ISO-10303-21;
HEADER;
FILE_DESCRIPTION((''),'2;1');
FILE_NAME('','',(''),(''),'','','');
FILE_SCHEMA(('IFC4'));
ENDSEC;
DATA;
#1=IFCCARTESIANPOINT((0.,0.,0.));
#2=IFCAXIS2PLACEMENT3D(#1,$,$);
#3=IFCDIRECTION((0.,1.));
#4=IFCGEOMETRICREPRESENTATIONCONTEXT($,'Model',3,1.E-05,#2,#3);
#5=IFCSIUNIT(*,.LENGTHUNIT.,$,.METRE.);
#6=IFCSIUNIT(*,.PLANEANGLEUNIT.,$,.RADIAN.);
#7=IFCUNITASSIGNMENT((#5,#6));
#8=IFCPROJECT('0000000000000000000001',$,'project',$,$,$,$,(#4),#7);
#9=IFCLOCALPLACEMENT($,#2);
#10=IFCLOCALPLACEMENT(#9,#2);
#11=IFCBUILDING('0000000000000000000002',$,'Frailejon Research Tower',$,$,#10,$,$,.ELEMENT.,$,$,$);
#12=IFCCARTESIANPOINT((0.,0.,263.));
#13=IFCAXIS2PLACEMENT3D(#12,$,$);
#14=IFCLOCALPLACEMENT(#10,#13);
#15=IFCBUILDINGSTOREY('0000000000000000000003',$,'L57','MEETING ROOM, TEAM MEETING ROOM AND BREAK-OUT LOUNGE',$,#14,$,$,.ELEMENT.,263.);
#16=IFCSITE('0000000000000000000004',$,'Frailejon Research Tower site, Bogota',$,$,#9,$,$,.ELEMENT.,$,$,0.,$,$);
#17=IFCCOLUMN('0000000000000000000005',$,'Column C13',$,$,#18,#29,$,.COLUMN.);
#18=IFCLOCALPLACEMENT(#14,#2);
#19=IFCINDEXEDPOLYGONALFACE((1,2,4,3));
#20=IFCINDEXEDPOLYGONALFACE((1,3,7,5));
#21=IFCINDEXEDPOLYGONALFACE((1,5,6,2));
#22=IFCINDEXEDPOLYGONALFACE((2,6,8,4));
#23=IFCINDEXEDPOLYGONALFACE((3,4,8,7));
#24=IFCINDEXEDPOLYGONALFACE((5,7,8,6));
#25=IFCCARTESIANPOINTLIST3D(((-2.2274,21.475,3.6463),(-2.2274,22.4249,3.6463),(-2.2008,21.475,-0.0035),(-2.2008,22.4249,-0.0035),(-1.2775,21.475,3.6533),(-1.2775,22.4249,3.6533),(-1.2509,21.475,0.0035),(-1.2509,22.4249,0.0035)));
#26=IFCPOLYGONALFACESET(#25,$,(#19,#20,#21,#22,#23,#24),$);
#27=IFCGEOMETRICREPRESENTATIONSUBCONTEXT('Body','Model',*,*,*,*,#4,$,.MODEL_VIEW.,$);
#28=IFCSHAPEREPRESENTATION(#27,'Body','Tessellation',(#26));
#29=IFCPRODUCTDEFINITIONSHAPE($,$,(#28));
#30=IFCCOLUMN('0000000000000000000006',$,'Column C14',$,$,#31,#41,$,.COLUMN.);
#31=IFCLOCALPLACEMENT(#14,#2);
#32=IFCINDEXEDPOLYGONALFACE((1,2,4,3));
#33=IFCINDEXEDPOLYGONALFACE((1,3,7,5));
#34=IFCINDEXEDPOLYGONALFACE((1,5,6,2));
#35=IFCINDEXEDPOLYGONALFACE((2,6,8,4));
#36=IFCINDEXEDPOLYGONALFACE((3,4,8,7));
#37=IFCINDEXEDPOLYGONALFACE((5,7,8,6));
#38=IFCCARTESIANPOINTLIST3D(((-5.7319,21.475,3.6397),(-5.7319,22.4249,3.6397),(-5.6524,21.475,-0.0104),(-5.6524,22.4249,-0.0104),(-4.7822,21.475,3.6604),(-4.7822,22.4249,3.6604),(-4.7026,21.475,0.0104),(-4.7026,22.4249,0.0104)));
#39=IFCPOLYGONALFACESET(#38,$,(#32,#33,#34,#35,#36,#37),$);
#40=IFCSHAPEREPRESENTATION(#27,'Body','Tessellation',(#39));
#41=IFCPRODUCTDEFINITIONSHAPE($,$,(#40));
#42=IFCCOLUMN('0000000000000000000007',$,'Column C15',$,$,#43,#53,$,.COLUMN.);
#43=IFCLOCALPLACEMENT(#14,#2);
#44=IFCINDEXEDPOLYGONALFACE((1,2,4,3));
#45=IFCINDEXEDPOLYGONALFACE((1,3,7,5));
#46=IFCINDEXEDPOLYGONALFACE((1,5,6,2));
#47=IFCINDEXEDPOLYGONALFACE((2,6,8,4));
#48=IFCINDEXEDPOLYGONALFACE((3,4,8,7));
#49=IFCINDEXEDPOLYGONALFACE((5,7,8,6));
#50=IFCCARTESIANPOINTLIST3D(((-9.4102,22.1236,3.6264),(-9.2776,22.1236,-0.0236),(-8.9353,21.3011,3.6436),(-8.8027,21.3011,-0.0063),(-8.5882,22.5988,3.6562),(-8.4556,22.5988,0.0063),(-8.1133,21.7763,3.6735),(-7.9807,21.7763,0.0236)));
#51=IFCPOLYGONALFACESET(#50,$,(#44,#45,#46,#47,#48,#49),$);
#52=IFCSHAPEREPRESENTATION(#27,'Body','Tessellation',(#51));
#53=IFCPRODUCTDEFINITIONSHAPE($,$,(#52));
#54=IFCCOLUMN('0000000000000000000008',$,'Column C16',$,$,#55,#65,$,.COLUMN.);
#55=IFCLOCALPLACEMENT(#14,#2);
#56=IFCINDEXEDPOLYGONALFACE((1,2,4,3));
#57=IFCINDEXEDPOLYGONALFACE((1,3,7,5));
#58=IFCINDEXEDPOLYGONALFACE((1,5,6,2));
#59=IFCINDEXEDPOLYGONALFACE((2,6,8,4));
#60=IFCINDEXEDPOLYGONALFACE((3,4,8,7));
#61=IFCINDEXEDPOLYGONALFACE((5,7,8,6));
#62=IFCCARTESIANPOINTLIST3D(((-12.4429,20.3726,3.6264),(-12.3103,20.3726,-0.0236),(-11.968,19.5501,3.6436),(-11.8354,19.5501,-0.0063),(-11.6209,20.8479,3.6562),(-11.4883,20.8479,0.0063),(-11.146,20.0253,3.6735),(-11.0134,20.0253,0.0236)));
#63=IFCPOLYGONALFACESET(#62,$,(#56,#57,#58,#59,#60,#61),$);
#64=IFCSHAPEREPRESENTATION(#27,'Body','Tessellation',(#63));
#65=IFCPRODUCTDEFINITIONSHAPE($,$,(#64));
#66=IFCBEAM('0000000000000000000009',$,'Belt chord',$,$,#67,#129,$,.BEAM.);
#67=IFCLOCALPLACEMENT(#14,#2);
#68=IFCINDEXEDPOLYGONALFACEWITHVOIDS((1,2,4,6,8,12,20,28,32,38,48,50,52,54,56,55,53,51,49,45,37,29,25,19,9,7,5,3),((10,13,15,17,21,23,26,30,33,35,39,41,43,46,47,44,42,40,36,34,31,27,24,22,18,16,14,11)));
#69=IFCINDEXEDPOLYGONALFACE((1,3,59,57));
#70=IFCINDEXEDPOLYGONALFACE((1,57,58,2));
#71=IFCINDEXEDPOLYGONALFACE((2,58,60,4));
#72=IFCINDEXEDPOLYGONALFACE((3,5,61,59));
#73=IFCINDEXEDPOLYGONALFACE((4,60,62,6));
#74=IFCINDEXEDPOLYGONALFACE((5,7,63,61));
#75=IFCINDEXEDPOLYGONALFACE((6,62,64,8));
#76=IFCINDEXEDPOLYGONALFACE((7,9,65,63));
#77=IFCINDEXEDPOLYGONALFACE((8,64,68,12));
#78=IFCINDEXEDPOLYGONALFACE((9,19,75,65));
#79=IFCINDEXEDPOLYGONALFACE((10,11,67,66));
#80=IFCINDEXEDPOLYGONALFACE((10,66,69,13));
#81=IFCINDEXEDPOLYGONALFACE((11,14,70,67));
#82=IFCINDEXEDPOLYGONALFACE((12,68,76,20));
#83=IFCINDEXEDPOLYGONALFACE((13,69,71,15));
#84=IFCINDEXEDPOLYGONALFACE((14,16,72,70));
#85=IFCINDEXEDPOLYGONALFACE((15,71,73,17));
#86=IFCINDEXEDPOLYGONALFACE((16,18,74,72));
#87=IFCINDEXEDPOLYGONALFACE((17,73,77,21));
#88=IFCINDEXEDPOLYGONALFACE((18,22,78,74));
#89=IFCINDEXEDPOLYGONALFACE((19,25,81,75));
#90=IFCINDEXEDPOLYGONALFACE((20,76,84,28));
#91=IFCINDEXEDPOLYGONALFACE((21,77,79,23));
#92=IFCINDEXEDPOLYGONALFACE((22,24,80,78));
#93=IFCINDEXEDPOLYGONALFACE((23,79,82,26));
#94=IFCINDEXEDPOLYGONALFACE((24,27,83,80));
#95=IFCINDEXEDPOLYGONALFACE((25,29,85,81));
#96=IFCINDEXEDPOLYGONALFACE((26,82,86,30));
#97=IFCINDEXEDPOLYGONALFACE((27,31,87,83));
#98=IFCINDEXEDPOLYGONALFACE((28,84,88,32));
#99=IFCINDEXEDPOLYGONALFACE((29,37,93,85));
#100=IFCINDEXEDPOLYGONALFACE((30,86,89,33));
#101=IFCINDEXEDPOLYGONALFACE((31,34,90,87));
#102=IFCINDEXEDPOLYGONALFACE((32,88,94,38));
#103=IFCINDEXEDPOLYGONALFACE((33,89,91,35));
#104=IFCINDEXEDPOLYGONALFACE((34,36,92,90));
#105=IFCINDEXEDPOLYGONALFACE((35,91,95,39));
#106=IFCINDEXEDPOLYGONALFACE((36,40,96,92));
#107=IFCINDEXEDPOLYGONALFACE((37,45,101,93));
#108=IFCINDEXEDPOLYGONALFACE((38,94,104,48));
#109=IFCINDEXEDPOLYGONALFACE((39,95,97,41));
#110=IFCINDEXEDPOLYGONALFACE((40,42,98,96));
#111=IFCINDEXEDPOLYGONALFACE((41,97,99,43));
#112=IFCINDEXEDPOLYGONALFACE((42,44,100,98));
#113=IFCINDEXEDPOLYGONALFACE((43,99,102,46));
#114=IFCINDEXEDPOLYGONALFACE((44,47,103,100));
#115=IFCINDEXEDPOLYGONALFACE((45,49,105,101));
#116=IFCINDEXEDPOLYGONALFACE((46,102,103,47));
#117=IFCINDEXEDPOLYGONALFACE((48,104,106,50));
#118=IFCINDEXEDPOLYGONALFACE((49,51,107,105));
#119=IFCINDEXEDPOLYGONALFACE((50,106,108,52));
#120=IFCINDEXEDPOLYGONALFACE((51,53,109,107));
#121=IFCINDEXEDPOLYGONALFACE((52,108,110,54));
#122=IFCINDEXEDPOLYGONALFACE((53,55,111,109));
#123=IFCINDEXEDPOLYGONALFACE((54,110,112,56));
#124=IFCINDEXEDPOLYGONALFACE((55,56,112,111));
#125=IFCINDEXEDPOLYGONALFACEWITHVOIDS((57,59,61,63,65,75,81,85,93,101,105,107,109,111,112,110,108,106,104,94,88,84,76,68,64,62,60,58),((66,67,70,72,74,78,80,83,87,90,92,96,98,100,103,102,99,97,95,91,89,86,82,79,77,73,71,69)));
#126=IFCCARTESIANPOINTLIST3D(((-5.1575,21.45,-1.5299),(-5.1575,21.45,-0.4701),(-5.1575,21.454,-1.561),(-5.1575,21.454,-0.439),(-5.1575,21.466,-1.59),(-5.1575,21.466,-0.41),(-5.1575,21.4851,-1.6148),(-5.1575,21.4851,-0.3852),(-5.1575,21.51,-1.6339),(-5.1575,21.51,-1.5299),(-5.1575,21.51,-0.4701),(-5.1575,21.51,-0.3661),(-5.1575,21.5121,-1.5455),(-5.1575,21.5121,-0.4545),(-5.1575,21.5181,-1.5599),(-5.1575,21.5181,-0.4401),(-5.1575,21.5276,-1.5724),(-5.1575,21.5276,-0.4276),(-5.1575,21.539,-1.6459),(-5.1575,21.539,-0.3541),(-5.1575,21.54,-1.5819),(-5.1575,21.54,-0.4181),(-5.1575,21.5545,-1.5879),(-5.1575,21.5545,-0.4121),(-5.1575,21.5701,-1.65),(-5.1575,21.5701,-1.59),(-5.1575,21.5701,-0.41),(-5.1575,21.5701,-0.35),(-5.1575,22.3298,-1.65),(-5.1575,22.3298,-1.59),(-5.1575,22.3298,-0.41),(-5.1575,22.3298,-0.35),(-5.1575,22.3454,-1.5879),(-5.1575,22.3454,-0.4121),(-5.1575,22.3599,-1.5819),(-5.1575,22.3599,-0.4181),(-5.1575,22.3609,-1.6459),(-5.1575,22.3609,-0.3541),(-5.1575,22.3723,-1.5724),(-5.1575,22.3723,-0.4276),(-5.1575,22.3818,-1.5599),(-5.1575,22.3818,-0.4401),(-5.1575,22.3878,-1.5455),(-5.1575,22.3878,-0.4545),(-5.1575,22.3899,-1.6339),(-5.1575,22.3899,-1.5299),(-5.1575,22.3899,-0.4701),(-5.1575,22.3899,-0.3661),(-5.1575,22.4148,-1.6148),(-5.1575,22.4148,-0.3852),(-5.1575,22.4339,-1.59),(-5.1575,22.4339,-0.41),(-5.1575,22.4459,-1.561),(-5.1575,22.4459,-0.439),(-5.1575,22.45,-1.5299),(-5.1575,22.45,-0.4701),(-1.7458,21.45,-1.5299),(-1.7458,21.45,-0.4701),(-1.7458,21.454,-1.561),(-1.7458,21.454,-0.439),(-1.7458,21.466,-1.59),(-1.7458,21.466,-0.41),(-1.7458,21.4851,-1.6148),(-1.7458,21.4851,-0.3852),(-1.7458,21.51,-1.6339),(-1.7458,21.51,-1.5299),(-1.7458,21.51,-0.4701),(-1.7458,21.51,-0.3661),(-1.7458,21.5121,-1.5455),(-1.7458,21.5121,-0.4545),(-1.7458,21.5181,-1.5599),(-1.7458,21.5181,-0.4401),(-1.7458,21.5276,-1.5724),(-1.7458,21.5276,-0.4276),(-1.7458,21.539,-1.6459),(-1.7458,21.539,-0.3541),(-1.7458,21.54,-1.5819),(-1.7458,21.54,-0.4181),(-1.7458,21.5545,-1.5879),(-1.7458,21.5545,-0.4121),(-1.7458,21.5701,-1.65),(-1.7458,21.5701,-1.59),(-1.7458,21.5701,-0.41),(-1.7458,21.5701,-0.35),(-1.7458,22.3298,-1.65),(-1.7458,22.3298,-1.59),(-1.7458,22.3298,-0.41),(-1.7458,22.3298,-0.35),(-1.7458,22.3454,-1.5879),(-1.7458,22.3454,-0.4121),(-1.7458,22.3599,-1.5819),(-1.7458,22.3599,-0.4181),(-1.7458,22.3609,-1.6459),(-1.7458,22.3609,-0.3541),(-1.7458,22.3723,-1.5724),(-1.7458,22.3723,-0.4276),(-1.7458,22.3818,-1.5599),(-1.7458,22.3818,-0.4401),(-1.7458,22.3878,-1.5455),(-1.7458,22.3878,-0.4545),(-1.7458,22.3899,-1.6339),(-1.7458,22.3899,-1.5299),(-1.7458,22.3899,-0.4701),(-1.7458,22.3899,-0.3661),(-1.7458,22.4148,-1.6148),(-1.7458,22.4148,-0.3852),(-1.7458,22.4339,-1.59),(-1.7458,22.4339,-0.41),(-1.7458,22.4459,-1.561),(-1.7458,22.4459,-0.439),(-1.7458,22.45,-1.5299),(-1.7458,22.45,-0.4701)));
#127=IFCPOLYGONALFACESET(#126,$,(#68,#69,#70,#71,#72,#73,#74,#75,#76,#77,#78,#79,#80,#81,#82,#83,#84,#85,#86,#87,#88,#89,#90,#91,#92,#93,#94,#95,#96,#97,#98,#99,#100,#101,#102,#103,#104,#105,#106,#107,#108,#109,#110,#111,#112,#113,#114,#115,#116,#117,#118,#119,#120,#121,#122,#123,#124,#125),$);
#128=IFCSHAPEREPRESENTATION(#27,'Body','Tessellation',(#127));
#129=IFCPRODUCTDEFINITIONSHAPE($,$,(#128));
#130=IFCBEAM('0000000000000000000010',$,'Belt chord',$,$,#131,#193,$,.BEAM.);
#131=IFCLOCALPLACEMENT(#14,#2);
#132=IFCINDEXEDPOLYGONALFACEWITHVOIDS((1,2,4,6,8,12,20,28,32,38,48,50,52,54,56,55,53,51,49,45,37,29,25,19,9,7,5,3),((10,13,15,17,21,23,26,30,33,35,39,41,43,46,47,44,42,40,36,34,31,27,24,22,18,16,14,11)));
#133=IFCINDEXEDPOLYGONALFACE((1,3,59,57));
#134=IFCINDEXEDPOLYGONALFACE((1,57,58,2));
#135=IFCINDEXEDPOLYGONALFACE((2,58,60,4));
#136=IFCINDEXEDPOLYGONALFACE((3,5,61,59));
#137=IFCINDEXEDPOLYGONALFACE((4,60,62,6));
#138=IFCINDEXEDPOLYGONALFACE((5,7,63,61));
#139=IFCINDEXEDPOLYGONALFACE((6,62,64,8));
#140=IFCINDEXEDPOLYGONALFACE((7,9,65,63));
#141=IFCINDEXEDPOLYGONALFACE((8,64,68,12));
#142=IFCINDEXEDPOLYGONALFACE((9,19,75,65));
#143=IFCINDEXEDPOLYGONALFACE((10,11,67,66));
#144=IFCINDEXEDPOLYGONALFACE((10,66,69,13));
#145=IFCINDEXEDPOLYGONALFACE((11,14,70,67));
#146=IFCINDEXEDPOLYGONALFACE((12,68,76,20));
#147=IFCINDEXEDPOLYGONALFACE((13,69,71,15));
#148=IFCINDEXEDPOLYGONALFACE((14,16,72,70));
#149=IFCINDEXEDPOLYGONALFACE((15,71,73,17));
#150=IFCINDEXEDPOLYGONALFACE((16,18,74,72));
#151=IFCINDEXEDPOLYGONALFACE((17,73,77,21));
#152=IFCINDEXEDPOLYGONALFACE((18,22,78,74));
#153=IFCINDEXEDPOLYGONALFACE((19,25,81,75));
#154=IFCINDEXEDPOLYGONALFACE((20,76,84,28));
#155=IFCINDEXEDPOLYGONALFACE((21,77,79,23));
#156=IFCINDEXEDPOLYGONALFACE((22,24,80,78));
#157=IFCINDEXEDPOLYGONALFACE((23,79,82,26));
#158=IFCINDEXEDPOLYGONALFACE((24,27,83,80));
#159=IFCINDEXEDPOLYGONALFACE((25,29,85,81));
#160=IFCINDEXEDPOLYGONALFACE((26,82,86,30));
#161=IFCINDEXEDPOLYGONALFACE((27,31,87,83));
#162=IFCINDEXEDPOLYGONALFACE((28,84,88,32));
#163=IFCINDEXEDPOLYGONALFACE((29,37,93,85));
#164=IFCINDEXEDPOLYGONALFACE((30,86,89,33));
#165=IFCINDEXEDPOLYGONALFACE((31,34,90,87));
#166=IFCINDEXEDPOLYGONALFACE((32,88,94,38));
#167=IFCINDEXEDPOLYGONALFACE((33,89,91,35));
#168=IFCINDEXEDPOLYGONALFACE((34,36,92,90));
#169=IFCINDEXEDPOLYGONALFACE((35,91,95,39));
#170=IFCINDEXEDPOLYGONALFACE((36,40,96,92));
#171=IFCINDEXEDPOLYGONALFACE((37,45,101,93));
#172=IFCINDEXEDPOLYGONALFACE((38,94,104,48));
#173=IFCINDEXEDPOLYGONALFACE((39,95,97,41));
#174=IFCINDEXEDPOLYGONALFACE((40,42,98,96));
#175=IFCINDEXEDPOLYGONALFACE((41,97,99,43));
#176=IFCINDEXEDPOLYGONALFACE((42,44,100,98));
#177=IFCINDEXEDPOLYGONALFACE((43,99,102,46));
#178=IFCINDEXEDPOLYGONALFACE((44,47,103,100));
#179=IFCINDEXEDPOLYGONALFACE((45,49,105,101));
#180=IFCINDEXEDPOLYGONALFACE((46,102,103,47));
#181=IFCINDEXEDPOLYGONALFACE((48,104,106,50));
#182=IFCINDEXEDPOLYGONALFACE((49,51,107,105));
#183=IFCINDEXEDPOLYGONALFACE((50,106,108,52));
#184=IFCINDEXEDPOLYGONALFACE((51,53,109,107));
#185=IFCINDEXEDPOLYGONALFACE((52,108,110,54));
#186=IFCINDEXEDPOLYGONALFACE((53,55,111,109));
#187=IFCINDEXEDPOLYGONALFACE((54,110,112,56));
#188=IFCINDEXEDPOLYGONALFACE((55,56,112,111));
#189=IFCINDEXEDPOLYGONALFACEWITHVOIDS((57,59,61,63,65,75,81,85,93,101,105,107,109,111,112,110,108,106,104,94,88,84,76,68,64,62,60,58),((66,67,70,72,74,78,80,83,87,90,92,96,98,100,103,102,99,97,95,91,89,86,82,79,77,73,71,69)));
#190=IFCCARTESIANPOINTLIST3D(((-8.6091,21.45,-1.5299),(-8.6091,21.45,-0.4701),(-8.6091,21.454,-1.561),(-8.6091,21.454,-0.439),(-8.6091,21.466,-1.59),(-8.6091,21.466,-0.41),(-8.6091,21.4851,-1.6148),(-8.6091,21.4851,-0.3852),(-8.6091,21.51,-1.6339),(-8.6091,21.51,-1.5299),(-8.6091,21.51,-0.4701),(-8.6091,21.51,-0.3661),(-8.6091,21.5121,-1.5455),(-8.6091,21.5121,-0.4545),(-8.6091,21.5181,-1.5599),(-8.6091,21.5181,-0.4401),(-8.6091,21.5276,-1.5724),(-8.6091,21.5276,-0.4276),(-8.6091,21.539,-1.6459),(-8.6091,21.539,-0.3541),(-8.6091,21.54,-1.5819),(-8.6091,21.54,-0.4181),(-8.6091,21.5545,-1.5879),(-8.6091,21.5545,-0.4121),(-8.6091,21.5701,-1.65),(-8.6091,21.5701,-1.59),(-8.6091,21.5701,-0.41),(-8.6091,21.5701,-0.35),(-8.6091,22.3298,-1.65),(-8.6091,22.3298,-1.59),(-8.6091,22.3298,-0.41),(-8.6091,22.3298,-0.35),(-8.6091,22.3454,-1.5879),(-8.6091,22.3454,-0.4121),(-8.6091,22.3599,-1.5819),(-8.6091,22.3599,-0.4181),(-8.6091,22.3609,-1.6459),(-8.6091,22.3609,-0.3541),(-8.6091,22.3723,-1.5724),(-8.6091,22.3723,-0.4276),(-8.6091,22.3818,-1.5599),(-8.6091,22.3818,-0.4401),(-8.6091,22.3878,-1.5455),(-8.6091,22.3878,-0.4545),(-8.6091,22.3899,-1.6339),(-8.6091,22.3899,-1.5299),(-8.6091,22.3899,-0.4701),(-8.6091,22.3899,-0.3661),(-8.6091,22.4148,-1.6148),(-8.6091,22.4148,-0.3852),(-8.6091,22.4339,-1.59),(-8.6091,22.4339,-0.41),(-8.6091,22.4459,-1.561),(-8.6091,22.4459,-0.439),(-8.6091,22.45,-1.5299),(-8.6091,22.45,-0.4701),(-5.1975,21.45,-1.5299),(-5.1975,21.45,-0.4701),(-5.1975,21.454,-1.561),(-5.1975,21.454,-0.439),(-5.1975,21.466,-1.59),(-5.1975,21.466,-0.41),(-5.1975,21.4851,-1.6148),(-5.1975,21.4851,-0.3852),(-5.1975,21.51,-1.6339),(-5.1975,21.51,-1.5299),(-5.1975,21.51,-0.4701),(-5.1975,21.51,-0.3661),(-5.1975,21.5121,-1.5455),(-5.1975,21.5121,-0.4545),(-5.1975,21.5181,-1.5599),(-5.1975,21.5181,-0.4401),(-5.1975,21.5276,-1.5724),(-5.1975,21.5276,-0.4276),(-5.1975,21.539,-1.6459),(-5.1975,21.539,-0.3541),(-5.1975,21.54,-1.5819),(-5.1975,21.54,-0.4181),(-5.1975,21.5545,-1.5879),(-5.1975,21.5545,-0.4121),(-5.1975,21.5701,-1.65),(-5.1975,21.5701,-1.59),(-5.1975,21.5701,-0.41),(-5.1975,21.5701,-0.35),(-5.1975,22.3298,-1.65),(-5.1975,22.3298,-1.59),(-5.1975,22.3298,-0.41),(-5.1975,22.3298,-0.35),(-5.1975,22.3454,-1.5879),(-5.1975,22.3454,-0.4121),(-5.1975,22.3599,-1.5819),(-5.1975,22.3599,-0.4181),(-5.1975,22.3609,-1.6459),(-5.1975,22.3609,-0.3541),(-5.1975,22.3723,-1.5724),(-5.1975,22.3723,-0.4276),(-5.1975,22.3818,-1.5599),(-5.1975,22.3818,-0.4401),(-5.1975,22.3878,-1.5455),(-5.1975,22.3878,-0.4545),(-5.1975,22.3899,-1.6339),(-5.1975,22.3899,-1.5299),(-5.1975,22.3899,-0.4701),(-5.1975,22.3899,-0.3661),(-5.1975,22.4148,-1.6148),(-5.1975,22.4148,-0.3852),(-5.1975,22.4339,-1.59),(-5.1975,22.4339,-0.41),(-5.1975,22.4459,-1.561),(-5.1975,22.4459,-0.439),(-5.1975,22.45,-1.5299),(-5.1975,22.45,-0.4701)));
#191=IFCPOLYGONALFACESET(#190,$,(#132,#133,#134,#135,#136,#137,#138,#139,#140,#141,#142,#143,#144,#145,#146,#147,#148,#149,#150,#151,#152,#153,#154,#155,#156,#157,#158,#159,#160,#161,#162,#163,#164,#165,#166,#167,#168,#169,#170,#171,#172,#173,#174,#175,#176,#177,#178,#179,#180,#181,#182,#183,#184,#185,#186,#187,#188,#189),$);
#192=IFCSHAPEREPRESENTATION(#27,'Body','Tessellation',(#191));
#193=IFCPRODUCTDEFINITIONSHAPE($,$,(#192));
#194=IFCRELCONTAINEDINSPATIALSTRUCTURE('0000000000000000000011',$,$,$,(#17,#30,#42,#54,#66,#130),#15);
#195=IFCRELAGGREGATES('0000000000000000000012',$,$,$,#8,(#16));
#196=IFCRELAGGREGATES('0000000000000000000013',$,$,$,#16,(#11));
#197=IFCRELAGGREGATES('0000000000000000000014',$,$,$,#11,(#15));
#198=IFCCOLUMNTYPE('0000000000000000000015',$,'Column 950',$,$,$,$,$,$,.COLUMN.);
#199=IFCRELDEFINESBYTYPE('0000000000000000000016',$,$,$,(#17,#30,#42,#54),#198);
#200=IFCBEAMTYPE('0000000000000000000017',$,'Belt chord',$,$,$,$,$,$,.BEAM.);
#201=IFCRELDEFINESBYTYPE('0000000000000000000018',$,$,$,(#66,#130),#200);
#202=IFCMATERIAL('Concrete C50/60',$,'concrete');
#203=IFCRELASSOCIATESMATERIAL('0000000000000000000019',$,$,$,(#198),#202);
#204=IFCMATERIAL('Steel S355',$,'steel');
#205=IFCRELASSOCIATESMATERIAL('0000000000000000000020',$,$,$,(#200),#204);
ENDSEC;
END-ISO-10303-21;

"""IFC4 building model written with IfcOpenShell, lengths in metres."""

from ifc_helpers import new_model, si_unit, direction, frame, origin, origin_2d, place, context, subcontext, project, spatial, rectangle, hollow_rectangle, extrude, material, material_profile, profile_set, type_object, element, save


model = new_model("IFC4")

# Units and contexts
model_context = context("Model", 3, precision=1e-05, world=origin(), true_north=direction((0.0, 1.0)))
body_context = subcontext(model_context, "Body", "Model", "MODEL_VIEW")
ifc_project = project(units=[si_unit("LENGTHUNIT", "METRE"), si_unit("PLANEANGLEUNIT", "RADIAN")], contexts=[model_context])

# Site, building, storey
site_placement = place(None, origin())
site = spatial("IfcSite", under=ifc_project, at=site_placement, Name="Frailejon Research Tower site, Bogota", CompositionType="ELEMENT", RefElevation=0.0)
building_placement = place(site_placement, origin())
building = spatial("IfcBuilding", under=site, at=building_placement, Name="Frailejon Research Tower", CompositionType="ELEMENT")
storey_placement = place(building_placement, frame((0.0, 0.0, 263.0)))
storey = spatial("IfcBuildingStorey", under=building, at=storey_placement, Name="L57", Description="MEETING ROOM, TEAM MEETING ROOM AND BREAK-OUT LOUNGE", CompositionType="ELEMENT", Elevation=263.0)

# Columns
ifc_material_1 = material(Name="Concrete C50/60", Category="concrete")
ifc_material_profile_1 = material_profile(ifc_material_1, rectangle(XDim=0.95, YDim=0.95, at=origin_2d()), Name="Column 950")
ifc_profile_set_1 = profile_set([ifc_material_profile_1], Name="Concrete C50/60")
column_type = type_object("IfcColumnType", Name="Column 950", PredefinedType="COLUMN", material=ifc_profile_set_1)
column_1_placement = place(storey_placement, frame((-1.7258, 21.95, 0.0), z_axis=(-0.007291, 0.0, 0.999973), x_axis=(-0.999973, 0.0, -0.007291)))
element("IfcColumn", 1, at=column_1_placement, inside=storey, type_object=column_type, Name="Column C13", PredefinedType="COLUMN", context=body_context, shape_type="SweptSolid", body=[
    extrude(rectangle(XDim=0.95, YDim=0.95, at=origin_2d()), origin(), (0.0, 0.0, 1.0), 3.6499),
])
column_2_placement = place(storey_placement, frame((-5.1775, 21.95, 0.0), z_axis=(-0.021801, 0.0, 0.999762), x_axis=(-0.999762, 0.0, -0.021801)))
element("IfcColumn", 2, at=column_2_placement, inside=storey, type_object=column_type, Name="Column C14", PredefinedType="COLUMN", context=body_context, shape_type="SweptSolid", body=[
    extrude(rectangle(XDim=0.95, YDim=0.95, at=origin_2d()), origin(), (0.0, 0.0, 1.0), 3.6509),
])
for number, where, z_axis, x_axis, name in (
    (3, (-8.6292, 21.95, 0.0), (-0.036297, 0.0, 0.999341), (-0.865313, -0.500246, -0.031429), "Column C15"),
    (4, (-11.6619, 20.199, 0.0), (-0.036297, 0.0, 0.999341), (-0.865313, -0.500246, -0.031429), "Column C16"),
):
    element("IfcColumn", number, at=place(storey_placement, frame(where, z_axis=z_axis, x_axis=x_axis)), inside=storey, type_object=column_type, Name=name, PredefinedType="COLUMN", context=body_context, shape_type="SweptSolid", body=[
        extrude(rectangle(XDim=0.95, YDim=0.95, at=origin_2d()), origin(), (0.0, 0.0, 1.0), 3.6523),
    ])

# Beams
ifc_material_2 = material(Name="Steel S355", Category="steel")
ifc_material_profile_2 = material_profile(ifc_material_2, hollow_rectangle(XDim=1.0, YDim=1.3, WallThickness=0.0601, InnerFilletRadius=0.0601, OuterFilletRadius=0.1201, at=origin_2d()), Name="Belt chord")
ifc_profile_set_2 = profile_set([ifc_material_profile_2], Name="Steel S355")
beam_type_1 = type_object("IfcBeamType", Name="Belt chord", PredefinedType="BEAM", material=ifc_profile_set_2)
for number, where, z_axis, x_axis, name in (
    (5, (-1.7458, 21.95, -1.0), (-1.0, 0.0, 0.0), (0.0, -1.0, 0.0), "Belt chord"),
    (6, (-5.1975, 21.95, -1.0), (-1.0, 0.0, 0.0), (0.0, -1.0, 0.0), "Belt chord"),
):
    element("IfcBeam", number, at=place(storey_placement, frame(where, z_axis=z_axis, x_axis=x_axis)), inside=storey, type_object=beam_type_1, Name=name, PredefinedType="BEAM", context=body_context, shape_type="SweptSolid", body=[
        extrude(hollow_rectangle(XDim=1.0, YDim=1.3, WallThickness=0.0601, InnerFilletRadius=0.0601, OuterFilletRadius=0.1201, at=origin_2d()), origin(), (0.0, 0.0, 1.0), 3.4116),
    ])

save(model, "model.ifc")
